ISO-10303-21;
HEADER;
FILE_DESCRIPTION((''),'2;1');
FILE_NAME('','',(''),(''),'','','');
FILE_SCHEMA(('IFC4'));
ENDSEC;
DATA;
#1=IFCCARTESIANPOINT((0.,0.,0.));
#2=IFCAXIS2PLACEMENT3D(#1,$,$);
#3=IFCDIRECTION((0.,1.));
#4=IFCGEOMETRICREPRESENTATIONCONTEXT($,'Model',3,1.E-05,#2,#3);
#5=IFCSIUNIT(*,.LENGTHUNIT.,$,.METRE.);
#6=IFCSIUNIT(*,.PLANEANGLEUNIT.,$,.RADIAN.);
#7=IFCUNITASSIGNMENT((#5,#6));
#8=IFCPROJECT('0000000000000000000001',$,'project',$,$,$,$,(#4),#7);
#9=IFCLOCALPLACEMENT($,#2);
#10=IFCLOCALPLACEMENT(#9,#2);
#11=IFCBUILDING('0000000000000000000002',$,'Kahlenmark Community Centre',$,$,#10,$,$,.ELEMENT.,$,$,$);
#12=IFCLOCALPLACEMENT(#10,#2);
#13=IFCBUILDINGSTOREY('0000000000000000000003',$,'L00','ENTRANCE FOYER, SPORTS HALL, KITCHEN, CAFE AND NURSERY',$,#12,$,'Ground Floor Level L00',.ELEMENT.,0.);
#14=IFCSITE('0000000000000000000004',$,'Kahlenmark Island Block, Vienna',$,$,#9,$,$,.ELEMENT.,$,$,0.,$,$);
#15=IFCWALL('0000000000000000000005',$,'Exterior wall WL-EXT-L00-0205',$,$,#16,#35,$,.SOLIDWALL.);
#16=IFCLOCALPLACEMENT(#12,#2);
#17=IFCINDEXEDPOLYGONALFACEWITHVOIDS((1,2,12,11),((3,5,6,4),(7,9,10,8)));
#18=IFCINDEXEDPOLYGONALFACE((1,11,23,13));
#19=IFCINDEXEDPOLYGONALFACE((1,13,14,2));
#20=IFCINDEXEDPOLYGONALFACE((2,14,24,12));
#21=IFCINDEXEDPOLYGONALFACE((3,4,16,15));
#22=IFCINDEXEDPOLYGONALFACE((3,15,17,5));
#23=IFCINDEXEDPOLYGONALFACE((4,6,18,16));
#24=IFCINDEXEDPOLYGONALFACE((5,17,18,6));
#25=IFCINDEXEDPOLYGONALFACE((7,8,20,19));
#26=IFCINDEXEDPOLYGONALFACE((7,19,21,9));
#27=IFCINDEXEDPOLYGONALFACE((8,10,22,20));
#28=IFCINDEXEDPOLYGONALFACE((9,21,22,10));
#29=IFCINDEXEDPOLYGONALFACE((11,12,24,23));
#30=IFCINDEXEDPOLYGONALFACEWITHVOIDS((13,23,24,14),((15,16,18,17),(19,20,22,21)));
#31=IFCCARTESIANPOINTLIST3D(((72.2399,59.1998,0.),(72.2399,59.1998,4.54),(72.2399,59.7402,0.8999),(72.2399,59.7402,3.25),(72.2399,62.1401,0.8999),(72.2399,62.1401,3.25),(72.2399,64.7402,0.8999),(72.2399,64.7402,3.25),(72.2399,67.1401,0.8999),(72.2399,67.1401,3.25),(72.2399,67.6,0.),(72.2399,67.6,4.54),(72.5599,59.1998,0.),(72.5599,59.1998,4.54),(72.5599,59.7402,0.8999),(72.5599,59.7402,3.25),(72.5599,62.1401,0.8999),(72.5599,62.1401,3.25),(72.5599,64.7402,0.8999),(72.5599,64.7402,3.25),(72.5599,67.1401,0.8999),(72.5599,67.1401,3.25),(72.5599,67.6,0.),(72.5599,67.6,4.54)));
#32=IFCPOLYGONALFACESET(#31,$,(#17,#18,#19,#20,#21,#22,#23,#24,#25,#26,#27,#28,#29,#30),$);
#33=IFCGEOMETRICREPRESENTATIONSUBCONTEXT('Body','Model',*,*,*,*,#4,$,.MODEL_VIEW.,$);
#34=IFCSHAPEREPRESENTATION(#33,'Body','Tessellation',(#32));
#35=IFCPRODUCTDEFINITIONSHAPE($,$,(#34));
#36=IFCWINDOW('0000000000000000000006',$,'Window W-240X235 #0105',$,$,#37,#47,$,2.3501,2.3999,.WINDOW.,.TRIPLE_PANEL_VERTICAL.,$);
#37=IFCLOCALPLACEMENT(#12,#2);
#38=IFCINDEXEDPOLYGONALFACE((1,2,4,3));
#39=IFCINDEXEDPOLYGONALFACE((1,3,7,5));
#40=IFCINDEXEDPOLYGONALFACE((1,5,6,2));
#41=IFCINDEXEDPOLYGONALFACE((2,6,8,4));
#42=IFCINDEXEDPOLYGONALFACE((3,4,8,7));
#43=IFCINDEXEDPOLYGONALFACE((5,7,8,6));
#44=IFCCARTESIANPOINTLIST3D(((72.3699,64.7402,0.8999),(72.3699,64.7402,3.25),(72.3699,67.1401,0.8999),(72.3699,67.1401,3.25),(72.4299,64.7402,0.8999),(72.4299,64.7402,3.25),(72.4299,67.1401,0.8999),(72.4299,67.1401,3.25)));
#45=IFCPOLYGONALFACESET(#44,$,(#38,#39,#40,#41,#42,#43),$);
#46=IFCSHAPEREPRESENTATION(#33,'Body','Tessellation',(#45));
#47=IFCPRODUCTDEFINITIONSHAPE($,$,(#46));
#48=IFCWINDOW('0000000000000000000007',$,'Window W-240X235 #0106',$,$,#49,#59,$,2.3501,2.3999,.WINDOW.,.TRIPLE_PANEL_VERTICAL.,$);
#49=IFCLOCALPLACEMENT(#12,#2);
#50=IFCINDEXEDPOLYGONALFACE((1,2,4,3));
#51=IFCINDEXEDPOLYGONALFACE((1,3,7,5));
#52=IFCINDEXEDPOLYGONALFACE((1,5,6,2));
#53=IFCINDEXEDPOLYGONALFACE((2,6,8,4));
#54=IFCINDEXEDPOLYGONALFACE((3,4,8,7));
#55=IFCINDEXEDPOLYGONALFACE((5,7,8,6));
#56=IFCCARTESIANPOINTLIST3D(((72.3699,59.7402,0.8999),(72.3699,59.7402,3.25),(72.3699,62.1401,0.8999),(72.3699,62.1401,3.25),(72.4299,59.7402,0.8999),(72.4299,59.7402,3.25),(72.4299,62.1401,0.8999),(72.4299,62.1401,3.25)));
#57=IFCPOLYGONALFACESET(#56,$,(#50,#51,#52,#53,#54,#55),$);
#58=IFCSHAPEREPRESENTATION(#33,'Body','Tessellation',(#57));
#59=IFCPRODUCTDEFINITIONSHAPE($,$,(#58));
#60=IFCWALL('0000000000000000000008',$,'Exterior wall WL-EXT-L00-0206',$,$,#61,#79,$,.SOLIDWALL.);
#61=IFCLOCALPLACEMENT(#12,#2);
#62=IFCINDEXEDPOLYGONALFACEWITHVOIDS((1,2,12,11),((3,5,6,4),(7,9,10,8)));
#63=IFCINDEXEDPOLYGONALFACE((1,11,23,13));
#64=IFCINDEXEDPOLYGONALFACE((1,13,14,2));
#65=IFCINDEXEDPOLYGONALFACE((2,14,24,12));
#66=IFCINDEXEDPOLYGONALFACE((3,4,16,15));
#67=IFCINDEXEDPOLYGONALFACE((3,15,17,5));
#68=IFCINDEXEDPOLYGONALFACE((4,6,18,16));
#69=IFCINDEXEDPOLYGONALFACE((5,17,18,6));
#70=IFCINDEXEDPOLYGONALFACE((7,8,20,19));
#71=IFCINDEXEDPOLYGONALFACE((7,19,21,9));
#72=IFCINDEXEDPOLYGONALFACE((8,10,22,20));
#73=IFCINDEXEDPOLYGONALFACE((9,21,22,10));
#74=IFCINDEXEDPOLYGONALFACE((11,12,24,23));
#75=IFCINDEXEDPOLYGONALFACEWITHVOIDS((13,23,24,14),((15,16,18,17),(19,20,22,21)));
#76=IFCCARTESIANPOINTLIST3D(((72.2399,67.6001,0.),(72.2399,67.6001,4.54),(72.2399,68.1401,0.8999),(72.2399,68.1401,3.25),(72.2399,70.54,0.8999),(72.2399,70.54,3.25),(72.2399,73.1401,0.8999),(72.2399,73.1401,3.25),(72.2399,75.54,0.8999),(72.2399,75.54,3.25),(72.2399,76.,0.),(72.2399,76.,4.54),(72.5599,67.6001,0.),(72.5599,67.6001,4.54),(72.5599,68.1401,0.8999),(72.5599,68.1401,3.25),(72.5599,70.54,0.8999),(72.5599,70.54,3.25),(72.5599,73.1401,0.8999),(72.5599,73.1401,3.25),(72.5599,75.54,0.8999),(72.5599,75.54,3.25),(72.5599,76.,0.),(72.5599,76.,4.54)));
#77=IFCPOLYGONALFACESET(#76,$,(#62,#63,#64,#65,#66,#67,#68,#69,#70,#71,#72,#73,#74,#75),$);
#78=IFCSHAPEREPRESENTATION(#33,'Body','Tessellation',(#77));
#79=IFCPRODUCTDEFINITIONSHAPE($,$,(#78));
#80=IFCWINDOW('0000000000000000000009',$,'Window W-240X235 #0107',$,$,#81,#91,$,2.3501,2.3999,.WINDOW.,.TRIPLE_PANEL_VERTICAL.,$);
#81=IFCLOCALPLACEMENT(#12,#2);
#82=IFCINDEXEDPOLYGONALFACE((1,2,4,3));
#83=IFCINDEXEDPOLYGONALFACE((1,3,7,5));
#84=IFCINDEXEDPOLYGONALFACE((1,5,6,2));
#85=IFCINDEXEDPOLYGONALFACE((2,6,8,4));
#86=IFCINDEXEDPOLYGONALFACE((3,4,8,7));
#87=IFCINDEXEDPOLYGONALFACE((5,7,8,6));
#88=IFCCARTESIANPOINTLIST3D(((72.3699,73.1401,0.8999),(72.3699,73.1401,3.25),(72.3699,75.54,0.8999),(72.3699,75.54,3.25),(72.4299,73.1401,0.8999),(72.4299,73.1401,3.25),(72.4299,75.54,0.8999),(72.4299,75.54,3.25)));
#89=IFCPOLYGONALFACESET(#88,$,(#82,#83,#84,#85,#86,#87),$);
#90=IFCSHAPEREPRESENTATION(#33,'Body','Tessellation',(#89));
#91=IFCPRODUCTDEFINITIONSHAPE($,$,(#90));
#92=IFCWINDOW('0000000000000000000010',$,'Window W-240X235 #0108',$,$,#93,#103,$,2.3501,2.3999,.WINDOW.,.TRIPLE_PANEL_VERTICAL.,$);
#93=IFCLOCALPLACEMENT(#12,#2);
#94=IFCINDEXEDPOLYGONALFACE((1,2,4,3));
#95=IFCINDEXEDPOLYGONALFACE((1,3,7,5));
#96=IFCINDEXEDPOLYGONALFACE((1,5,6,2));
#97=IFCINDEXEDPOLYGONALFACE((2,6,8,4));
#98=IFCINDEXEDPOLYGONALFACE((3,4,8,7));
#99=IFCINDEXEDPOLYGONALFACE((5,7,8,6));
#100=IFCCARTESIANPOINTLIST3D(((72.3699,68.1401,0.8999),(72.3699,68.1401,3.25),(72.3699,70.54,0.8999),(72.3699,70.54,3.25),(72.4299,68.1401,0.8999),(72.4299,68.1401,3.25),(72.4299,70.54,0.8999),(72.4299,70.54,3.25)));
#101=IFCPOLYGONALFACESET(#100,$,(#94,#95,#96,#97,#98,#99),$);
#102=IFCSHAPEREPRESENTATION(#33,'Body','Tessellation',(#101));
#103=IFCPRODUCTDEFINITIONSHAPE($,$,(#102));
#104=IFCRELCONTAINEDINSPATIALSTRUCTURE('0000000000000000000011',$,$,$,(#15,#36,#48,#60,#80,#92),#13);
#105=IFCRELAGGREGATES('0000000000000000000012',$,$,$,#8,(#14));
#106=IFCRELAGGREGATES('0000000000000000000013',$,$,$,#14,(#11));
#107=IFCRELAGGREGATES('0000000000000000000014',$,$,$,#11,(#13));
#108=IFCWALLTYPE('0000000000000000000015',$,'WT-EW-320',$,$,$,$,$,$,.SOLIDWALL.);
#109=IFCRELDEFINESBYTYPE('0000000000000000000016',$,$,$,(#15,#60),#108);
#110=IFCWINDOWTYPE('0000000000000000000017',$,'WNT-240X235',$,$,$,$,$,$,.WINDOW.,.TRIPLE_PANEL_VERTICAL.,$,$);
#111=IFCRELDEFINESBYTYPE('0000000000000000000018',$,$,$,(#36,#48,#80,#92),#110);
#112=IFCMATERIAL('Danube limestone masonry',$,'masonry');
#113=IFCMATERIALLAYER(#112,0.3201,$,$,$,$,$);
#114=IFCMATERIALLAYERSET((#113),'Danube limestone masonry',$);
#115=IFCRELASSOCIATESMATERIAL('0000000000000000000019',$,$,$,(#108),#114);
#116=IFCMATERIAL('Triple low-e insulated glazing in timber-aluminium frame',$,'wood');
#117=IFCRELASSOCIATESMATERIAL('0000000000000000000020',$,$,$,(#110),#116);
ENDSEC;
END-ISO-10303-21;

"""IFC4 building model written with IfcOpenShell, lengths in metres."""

from ifc_helpers import new_model, si_unit, direction, frame, frame_2d, origin, place, context, subcontext, project, spatial, rectangle, extrude, material, layer, layer_set, type_object, element, fill, save


model = new_model("IFC4")

# Units and contexts
model_context = context("Model", 3, precision=1e-05, world=origin(), true_north=direction((0.0, 1.0)))
body_context = subcontext(model_context, "Body", "Model", "MODEL_VIEW")
ifc_project = project(units=[si_unit("LENGTHUNIT", "METRE"), si_unit("PLANEANGLEUNIT", "RADIAN")], contexts=[model_context])

# Site, building, storey
site_placement = place(None, origin())
site = spatial("IfcSite", under=ifc_project, at=site_placement, Name="Kahlenmark Island Block, Vienna", CompositionType="ELEMENT", RefElevation=0.0)
building_placement = place(site_placement, origin())
building = spatial("IfcBuilding", under=site, at=building_placement, Name="Kahlenmark Community Centre", CompositionType="ELEMENT")
storey_placement = place(building_placement, origin())
storey = spatial("IfcBuildingStorey", under=building, at=storey_placement, Name="L00", Description="ENTRANCE FOYER, SPORTS HALL, KITCHEN, CAFE AND NURSERY", LongName="Ground Floor Level L00", CompositionType="ELEMENT", Elevation=0.0)

# Walls, openings, windows
ifc_material_1 = material(Name="Danube limestone masonry", Category="masonry")
ifc_layer = layer(ifc_material_1, 0.3201)
ifc_layer_set = layer_set([ifc_layer], Name="Danube limestone masonry")
wall_type = type_object("IfcWallType", Name="WT-EW-320", PredefinedType="SOLIDWALL", material=ifc_layer_set)
wall_1_placement = place(storey_placement, frame((72.3999, 67.6001, 0.0), z_axis=(0.0, 0.0, 1.0), x_axis=(0.0, -1.0, 0.0)))
wall_1 = element("IfcWall", 1, at=wall_1_placement, inside=storey, type_object=wall_type, Name="Exterior wall WL-EXT-L00-0205", PredefinedType="SOLIDWALL", context=body_context, shape_type="SweptSolid", body=[
    extrude(rectangle(XDim=8.4001, YDim=0.3201, at=frame_2d((4.2002, 0.0))), origin(), (0.0, 0.0, 1.0), 4.54),
])
opening_1_placement = place(wall_1_placement, frame((0.46, 0.0, 0.8999)))
opening_1 = element("IfcOpeningElement", 2, at=opening_1_placement, cuts=wall_1, PredefinedType="OPENING", context=body_context, shape_type="SweptSolid", body=[
    extrude(rectangle(XDim=2.3999, YDim=2.3501, at=frame_2d((1.2, 1.175))), frame((0.0, 0.1699, 0.0), z_axis=(0.0, -1.0, 0.0), x_axis=(1.0, 0.0, 0.0)), (0.0, 0.0, 1.0), 0.3401),
])
opening_2_placement = place(wall_1_placement, frame((5.46, 0.0, 0.8999)))
opening_2 = element("IfcOpeningElement", 3, at=opening_2_placement, cuts=wall_1, PredefinedType="OPENING", context=body_context, shape_type="SweptSolid", body=[
    extrude(rectangle(XDim=2.3999, YDim=2.3501, at=frame_2d((1.2, 1.175))), frame((0.0, 0.1699, 0.0), z_axis=(0.0, -1.0, 0.0), x_axis=(1.0, 0.0, 0.0)), (0.0, 0.0, 1.0), 0.3401),
])
ifc_material_2 = material(Name="Triple low-e insulated glazing in timber-aluminium frame", Category="wood")
window_type = type_object("IfcWindowType", Name="WNT-240X235", PartitioningType="TRIPLE_PANEL_VERTICAL", PredefinedType="WINDOW", material=ifc_material_2)
window_1_placement = place(opening_1_placement, origin())
window_1 = element("IfcWindow", 4, at=window_1_placement, inside=storey, type_object=window_type, Name="Window W-240X235 #0105", OverallHeight=2.3501, OverallWidth=2.3999, PartitioningType="TRIPLE_PANEL_VERTICAL", PredefinedType="WINDOW", context=body_context, shape_type="SweptSolid", body=[
    extrude(rectangle(XDim=2.3999, YDim=2.3501, at=frame_2d((1.2, 1.175))), frame((0.0, 0.03, 0.0), z_axis=(0.0, -1.0, 0.0), x_axis=(1.0, 0.0, 0.0)), (0.0, 0.0, 1.0), 0.0601),
])
fill(opening_1, window_1)
window_2_placement = place(opening_2_placement, origin())
window_2 = element("IfcWindow", 5, at=window_2_placement, inside=storey, type_object=window_type, Name="Window W-240X235 #0106", OverallHeight=2.3501, OverallWidth=2.3999, PartitioningType="TRIPLE_PANEL_VERTICAL", PredefinedType="WINDOW", context=body_context, shape_type="SweptSolid", body=[
    extrude(rectangle(XDim=2.3999, YDim=2.3501, at=frame_2d((1.2, 1.175))), frame((0.0, 0.03, 0.0), z_axis=(0.0, -1.0, 0.0), x_axis=(1.0, 0.0, 0.0)), (0.0, 0.0, 1.0), 0.0601),
])
fill(opening_2, window_2)
wall_2_placement = place(storey_placement, frame((72.3999, 76.0, 0.0), z_axis=(0.0, 0.0, 1.0), x_axis=(0.0, -1.0, 0.0)))
wall_2 = element("IfcWall", 6, at=wall_2_placement, inside=storey, type_object=wall_type, Name="Exterior wall WL-EXT-L00-0206", PredefinedType="SOLIDWALL", context=body_context, shape_type="SweptSolid", body=[
    extrude(rectangle(XDim=8.3999, YDim=0.3201, at=frame_2d((4.2, 0.0))), origin(), (0.0, 0.0, 1.0), 4.54),
])
opening_3_placement = place(wall_2_placement, frame((0.46, 0.0, 0.8999)))
opening_3 = element("IfcOpeningElement", 7, at=opening_3_placement, cuts=wall_2, PredefinedType="OPENING", context=body_context, shape_type="SweptSolid", body=[
    extrude(rectangle(XDim=2.3999, YDim=2.3501, at=frame_2d((1.2, 1.175))), frame((0.0, 0.1699, 0.0), z_axis=(0.0, -1.0, 0.0), x_axis=(1.0, 0.0, 0.0)), (0.0, 0.0, 1.0), 0.3401),
])
opening_4_placement = place(wall_2_placement, frame((5.46, 0.0, 0.8999)))
opening_4 = element("IfcOpeningElement", 8, at=opening_4_placement, cuts=wall_2, PredefinedType="OPENING", context=body_context, shape_type="SweptSolid", body=[
    extrude(rectangle(XDim=2.3999, YDim=2.3501, at=frame_2d((1.2, 1.175))), frame((0.0, 0.1699, 0.0), z_axis=(0.0, -1.0, 0.0), x_axis=(1.0, 0.0, 0.0)), (0.0, 0.0, 1.0), 0.3401),
])
window_3_placement = place(opening_3_placement, origin())
window_3 = element("IfcWindow", 9, at=window_3_placement, inside=storey, type_object=window_type, Name="Window W-240X235 #0107", OverallHeight=2.3501, OverallWidth=2.3999, PartitioningType="TRIPLE_PANEL_VERTICAL", PredefinedType="WINDOW", context=body_context, shape_type="SweptSolid", body=[
    extrude(rectangle(XDim=2.3999, YDim=2.3501, at=frame_2d((1.2, 1.175))), frame((0.0, 0.03, 0.0), z_axis=(0.0, -1.0, 0.0), x_axis=(1.0, 0.0, 0.0)), (0.0, 0.0, 1.0), 0.0601),
])
fill(opening_3, window_3)
window_4_placement = place(opening_4_placement, origin())
window_4 = element("IfcWindow", 10, at=window_4_placement, inside=storey, type_object=window_type, Name="Window W-240X235 #0108", OverallHeight=2.3501, OverallWidth=2.3999, PartitioningType="TRIPLE_PANEL_VERTICAL", PredefinedType="WINDOW", context=body_context, shape_type="SweptSolid", body=[
    extrude(rectangle(XDim=2.3999, YDim=2.3501, at=frame_2d((1.2, 1.175))), frame((0.0, 0.03, 0.0), z_axis=(0.0, -1.0, 0.0), x_axis=(1.0, 0.0, 0.0)), (0.0, 0.0, 1.0), 0.0601),
])
fill(opening_4, window_4)

save(model, "model.ifc")
